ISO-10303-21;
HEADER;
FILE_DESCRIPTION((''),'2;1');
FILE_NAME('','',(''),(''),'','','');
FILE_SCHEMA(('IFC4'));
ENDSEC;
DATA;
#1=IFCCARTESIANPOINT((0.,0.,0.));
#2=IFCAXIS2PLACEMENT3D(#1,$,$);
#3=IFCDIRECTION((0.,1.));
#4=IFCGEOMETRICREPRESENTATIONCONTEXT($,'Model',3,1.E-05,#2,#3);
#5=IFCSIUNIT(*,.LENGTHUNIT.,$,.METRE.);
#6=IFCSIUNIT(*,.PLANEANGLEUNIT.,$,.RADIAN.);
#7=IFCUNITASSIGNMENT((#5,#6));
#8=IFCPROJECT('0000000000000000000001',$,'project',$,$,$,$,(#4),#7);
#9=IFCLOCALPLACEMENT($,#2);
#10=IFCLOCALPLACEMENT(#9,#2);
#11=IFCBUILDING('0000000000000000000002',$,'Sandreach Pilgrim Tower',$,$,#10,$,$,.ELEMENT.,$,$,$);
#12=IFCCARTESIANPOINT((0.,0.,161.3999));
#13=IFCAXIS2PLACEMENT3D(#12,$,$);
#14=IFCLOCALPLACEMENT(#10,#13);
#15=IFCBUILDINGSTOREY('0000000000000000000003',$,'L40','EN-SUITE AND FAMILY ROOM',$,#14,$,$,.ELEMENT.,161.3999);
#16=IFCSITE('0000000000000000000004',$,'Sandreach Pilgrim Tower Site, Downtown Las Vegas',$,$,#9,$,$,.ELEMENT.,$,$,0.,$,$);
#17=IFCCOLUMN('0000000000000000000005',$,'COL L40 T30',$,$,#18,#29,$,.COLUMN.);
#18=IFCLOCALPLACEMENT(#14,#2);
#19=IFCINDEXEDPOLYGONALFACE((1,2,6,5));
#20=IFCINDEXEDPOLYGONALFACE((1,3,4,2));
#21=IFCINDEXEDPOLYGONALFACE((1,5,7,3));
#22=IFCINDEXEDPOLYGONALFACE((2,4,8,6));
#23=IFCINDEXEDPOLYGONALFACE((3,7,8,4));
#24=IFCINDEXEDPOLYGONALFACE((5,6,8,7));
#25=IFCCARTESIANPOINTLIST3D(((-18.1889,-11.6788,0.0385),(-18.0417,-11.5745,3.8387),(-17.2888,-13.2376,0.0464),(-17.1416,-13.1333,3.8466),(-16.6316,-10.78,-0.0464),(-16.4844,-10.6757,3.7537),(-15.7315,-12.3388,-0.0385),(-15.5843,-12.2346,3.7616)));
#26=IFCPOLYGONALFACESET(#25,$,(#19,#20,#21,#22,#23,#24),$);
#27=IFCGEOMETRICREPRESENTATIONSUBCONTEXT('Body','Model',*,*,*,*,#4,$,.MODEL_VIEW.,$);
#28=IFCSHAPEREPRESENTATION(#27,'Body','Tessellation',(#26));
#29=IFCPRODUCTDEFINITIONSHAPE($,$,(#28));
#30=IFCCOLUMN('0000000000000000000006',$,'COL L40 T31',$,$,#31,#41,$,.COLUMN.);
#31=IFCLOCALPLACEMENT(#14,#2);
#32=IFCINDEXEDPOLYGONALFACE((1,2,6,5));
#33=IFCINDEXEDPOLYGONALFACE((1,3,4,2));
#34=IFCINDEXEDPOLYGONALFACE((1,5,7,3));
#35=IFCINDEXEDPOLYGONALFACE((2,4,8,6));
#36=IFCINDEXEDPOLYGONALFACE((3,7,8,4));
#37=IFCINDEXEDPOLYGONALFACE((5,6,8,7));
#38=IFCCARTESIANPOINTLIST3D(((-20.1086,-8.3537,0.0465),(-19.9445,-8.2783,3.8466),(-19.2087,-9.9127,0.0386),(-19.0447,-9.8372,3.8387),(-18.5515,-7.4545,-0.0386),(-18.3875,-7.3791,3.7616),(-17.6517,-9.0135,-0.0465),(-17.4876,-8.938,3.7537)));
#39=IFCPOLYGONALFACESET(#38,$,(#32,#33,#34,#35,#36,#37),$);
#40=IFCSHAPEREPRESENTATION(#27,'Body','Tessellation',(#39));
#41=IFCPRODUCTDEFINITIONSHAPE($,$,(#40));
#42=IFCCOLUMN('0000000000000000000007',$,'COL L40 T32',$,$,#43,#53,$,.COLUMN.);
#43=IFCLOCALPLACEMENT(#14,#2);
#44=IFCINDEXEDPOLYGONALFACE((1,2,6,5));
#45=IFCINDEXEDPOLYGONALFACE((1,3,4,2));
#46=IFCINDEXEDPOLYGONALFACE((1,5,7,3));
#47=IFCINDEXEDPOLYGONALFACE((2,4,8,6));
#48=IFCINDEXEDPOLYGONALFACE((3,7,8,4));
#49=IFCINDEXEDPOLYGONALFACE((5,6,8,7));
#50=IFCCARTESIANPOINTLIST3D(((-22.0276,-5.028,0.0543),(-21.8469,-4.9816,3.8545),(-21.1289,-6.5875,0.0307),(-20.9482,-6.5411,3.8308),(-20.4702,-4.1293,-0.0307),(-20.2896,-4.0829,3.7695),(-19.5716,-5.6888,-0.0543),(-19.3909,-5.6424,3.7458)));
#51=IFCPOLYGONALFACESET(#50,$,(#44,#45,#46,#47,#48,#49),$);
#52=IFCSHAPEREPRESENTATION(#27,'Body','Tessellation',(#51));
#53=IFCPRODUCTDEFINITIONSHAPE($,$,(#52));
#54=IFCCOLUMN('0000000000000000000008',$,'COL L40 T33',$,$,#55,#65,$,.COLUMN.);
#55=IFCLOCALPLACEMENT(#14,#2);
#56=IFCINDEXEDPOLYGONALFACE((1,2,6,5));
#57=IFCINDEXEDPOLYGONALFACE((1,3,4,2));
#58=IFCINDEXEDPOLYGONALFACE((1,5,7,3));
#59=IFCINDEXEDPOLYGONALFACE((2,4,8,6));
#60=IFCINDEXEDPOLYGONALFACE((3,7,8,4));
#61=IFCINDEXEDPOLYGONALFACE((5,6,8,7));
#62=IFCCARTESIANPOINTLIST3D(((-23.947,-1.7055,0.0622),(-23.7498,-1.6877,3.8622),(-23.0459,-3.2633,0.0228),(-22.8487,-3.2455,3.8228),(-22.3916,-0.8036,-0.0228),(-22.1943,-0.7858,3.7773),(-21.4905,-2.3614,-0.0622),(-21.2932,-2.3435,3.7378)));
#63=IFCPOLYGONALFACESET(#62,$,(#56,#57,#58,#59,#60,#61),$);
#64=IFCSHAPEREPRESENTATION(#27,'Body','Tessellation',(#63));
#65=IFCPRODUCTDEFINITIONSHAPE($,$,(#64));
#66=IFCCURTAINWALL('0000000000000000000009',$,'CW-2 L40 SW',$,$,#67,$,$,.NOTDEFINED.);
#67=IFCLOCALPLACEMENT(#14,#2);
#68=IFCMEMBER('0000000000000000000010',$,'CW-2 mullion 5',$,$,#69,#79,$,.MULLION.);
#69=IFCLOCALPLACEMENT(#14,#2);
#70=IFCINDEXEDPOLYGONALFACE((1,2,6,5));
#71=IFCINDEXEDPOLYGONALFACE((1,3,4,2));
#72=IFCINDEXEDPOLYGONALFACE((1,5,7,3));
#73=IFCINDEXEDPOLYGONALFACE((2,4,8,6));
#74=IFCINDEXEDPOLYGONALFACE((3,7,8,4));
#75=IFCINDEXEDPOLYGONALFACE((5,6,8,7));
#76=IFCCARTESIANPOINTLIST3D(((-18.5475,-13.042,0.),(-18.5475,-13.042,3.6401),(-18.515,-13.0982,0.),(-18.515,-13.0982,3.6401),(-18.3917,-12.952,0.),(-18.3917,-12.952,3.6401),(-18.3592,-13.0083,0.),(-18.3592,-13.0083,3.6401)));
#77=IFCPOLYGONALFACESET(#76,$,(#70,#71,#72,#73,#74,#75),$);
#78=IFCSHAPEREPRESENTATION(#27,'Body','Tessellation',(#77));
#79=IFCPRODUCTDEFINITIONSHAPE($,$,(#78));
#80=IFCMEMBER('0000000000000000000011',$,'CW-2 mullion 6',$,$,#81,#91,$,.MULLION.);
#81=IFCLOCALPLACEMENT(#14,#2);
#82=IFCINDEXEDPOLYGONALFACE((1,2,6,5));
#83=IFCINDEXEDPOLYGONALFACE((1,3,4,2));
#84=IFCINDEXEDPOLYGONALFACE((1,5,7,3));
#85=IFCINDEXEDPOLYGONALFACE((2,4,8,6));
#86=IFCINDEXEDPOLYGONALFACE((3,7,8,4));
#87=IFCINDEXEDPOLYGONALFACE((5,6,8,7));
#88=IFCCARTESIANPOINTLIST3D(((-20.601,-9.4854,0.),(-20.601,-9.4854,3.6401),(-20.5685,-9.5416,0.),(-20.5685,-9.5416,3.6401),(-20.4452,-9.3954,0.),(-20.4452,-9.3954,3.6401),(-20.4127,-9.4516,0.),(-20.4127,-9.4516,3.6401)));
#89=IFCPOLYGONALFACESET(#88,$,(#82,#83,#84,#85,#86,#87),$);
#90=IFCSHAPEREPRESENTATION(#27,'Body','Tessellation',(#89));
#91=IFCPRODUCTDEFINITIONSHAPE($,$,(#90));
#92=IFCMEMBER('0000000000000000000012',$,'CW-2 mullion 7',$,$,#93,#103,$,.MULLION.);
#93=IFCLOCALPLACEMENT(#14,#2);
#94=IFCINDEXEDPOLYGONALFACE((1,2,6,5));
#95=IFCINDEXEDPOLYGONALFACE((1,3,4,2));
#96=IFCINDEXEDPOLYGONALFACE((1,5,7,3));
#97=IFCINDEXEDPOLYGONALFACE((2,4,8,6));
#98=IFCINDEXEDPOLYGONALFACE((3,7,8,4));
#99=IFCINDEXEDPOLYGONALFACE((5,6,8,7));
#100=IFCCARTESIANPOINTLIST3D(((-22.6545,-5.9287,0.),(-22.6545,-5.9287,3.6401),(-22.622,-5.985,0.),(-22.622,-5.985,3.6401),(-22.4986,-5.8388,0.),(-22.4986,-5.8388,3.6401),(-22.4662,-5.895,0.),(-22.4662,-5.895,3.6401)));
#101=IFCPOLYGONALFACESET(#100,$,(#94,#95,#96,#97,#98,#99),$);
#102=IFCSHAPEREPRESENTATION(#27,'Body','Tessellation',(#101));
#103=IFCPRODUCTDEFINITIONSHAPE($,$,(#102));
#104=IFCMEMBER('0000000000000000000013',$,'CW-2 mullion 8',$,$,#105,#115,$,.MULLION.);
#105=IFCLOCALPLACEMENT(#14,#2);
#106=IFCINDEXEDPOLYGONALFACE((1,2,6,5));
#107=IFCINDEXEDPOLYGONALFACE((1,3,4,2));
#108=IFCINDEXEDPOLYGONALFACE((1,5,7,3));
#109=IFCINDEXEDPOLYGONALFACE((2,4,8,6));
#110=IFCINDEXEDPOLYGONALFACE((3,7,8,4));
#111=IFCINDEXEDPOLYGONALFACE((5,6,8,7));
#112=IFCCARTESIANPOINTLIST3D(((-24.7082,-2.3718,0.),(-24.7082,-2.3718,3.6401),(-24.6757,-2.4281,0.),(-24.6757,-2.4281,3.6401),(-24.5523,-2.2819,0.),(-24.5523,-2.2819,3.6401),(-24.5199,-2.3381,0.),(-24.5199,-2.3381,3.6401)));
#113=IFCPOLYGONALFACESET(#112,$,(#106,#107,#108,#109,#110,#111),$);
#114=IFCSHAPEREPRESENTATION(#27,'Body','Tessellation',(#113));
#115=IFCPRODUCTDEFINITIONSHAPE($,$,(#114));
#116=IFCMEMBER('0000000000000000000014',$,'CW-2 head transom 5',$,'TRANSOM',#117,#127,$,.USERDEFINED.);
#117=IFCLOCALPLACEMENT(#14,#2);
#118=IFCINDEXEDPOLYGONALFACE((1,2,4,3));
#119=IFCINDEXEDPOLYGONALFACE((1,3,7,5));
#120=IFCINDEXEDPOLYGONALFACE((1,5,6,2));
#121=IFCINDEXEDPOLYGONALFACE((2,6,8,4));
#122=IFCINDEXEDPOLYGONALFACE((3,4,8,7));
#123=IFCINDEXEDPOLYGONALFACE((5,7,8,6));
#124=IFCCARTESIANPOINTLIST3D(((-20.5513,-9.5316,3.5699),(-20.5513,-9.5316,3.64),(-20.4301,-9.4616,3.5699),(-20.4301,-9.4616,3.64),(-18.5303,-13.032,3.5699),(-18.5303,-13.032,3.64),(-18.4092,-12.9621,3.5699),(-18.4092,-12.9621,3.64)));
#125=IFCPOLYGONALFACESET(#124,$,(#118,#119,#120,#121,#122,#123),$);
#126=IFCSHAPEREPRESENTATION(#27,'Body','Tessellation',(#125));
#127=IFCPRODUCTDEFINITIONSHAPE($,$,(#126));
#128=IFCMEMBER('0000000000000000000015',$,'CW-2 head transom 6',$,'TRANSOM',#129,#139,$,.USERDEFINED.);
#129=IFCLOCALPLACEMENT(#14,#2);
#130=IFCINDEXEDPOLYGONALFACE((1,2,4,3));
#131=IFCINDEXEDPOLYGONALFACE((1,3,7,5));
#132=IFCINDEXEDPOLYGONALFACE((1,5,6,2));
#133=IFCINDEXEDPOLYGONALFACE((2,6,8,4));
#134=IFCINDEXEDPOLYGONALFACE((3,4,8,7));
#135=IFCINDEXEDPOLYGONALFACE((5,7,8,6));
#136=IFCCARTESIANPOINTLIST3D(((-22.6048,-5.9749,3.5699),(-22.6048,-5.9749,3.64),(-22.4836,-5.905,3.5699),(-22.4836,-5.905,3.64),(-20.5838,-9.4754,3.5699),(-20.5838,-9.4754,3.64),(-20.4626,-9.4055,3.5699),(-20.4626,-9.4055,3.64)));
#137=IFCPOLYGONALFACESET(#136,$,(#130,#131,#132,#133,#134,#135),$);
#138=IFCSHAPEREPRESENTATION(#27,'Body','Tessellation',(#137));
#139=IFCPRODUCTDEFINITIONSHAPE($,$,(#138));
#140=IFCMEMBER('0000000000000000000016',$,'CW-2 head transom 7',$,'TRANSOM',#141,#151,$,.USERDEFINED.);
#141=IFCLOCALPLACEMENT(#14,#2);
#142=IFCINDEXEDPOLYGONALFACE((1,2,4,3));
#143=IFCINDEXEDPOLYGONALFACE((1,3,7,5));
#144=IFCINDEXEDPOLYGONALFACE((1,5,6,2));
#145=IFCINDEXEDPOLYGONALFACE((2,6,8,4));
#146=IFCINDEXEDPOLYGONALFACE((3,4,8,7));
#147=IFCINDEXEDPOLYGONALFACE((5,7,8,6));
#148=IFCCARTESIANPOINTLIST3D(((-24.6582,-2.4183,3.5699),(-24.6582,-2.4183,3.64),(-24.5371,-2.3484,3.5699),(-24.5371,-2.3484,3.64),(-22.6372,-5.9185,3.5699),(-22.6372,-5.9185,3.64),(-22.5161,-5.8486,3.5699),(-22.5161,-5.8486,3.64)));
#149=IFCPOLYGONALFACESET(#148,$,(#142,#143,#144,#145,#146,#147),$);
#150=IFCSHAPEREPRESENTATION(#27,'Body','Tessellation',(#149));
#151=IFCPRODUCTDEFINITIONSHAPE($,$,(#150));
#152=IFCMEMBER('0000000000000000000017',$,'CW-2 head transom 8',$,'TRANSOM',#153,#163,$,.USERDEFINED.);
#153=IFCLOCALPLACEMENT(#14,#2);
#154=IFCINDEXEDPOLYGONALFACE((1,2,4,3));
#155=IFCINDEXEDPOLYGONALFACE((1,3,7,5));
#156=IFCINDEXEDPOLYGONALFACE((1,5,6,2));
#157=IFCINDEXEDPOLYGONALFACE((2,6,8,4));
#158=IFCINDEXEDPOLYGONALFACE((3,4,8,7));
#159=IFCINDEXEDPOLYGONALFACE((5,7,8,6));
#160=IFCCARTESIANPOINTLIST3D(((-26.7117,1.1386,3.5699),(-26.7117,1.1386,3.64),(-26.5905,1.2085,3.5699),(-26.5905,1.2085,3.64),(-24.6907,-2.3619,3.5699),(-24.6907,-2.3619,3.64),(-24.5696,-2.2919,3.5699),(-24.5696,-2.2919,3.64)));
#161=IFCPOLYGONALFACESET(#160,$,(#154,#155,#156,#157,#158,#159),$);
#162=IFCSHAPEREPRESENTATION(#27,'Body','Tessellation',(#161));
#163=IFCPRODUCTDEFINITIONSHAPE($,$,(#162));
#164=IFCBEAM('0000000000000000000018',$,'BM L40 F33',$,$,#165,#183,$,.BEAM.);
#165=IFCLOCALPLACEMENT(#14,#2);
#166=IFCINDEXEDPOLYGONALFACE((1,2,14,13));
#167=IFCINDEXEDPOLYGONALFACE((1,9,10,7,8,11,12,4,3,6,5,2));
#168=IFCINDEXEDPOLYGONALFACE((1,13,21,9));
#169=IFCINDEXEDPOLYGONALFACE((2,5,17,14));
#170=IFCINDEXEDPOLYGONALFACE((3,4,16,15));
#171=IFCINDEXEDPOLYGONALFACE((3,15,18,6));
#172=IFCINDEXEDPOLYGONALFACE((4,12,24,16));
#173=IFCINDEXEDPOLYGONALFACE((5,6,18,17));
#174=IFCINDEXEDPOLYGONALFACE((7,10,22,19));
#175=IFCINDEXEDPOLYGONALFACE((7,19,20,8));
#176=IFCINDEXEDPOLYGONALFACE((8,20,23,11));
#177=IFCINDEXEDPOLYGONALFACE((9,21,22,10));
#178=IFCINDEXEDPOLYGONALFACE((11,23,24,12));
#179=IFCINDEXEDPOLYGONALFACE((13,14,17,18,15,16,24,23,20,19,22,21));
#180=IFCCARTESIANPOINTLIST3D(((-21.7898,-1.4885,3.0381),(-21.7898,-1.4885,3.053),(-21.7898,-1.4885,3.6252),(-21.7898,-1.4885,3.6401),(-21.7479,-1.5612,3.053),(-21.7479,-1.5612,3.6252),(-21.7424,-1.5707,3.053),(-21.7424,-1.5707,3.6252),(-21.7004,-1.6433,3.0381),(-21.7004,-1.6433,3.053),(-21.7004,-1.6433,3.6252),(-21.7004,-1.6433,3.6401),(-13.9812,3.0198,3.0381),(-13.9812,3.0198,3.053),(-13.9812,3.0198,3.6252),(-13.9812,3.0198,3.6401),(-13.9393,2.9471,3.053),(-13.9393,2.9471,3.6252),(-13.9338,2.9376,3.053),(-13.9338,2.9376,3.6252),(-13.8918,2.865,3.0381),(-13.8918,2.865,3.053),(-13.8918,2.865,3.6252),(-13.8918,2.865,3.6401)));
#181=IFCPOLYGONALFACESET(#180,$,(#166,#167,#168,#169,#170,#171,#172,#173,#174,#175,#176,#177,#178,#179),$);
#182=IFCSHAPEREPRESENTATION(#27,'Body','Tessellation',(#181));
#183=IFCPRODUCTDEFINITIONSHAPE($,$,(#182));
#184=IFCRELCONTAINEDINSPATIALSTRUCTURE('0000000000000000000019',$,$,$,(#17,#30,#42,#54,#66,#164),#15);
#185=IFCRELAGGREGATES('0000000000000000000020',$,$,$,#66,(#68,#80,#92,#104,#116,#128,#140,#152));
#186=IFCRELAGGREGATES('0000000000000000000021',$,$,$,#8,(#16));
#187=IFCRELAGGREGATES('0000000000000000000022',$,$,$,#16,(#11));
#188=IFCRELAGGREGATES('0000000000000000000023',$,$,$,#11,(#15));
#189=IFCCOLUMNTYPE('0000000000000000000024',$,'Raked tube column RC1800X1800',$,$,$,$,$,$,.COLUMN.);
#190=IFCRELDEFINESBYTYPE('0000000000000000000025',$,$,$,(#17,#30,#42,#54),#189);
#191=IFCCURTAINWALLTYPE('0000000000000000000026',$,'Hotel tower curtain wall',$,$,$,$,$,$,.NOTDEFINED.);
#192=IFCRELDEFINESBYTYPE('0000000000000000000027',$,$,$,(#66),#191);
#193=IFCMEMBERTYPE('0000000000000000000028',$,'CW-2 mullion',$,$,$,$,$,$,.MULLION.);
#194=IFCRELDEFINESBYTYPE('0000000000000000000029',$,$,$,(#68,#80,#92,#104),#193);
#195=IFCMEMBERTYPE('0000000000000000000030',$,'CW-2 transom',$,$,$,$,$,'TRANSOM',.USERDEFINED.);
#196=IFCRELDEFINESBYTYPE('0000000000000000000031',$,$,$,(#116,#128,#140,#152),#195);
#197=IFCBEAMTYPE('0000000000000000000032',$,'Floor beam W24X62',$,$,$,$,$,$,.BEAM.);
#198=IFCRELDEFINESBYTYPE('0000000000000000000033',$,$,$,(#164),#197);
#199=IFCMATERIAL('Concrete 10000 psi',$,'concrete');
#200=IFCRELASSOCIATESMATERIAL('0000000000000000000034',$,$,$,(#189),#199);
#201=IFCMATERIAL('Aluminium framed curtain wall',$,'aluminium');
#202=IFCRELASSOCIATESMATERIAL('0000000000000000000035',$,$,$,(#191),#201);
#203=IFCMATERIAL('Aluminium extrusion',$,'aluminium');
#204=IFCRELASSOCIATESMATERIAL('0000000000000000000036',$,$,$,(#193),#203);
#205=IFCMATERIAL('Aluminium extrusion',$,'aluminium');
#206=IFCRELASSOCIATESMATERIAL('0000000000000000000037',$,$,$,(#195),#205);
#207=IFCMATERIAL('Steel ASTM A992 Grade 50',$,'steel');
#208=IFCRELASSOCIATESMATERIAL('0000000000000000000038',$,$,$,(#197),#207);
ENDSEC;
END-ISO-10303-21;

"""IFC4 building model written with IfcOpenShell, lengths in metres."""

from ifc_helpers import new_model, si_unit, direction, frame, origin, origin_2d, place, context, subcontext, project, spatial, rectangle, i_section, extrude, material, material_profile, profile_set, type_object, element, aggregate, save


model = new_model("IFC4")

# Units and contexts
model_context = context("Model", 3, precision=1e-05, world=origin(), true_north=direction((0.0, 1.0)))
body_context = subcontext(model_context, "Body", "Model", "MODEL_VIEW")
ifc_project = project(units=[si_unit("LENGTHUNIT", "METRE"), si_unit("PLANEANGLEUNIT", "RADIAN")], contexts=[model_context])

# Site, building, storey
site_placement = place(None, origin())
site = spatial("IfcSite", under=ifc_project, at=site_placement, Name="Sandreach Pilgrim Tower Site, Downtown Las Vegas", CompositionType="ELEMENT", RefElevation=0.0)
building_placement = place(site_placement, origin())
building = spatial("IfcBuilding", under=site, at=building_placement, Name="Sandreach Pilgrim Tower", CompositionType="ELEMENT")
storey_placement = place(building_placement, frame((0.0, 0.0, 161.3999)))
storey = spatial("IfcBuildingStorey", under=building, at=storey_placement, Name="L40", Description="EN-SUITE AND FAMILY ROOM", CompositionType="ELEMENT", Elevation=161.3999)

# Columns
ifc_material_1 = material(Name="Concrete 10000 psi", Category="concrete")
ifc_material_profile_1 = material_profile(ifc_material_1, rectangle(XDim=1.8, YDim=1.8, at=origin_2d()), Name="RC1800X1800")
ifc_profile_set_1 = profile_set([ifc_material_profile_1], Name="Concrete 10000 psi")
column_type = type_object("IfcColumnType", Name="Raked tube column RC1800X1800", PredefinedType="COLUMN", material=ifc_profile_set_1)
for number, where, z_axis, x_axis, name in (
    (1, (-16.9602, -12.0088, 0.0), (0.038697, 0.027402, 0.998875), (-0.865139, -0.499306, 0.047214), "COL L40 T30"),
    (2, (-18.8801, -8.6836, 0.0), (0.043125, 0.01983, 0.998873), (-0.865002, -0.499537, 0.047262), "COL L40 T31"),
):
    element("IfcColumn", number, at=place(storey_placement, frame(where, z_axis=z_axis, x_axis=x_axis)), inside=storey, type_object=column_type, Name=name, PredefinedType="COLUMN", context=body_context, shape_type="SweptSolid", body=[
        extrude(rectangle(XDim=1.8, YDim=1.8, at=origin_2d()), origin(), (0.0, 0.0, 1.0), 3.8044),
    ])
column_1_placement = place(storey_placement, frame((-20.7996, -5.3584, 0.0), z_axis=(0.047485, 0.012192, 0.998798), x_axis=(-0.865155, -0.499276, 0.047226)))
element("IfcColumn", 3, at=column_1_placement, inside=storey, type_object=column_type, Name="COL L40 T32", PredefinedType="COLUMN", context=body_context, shape_type="SweptSolid", body=[
    extrude(rectangle(XDim=1.8, YDim=1.8, at=origin_2d()), origin(), (0.0, 0.0, 1.0), 3.8047),
])
column_2_placement = place(storey_placement, frame((-22.7188, -2.0334, 0.0), z_axis=(0.051841, 0.004684, 0.998644), x_axis=(-0.864122, -0.501063, 0.047208)))
element("IfcColumn", 4, at=column_2_placement, inside=storey, type_object=column_type, Name="COL L40 T33", PredefinedType="COLUMN", context=body_context, shape_type="SweptSolid", body=[
    extrude(rectangle(XDim=1.8, YDim=1.8, at=origin_2d()), origin(), (0.0, 0.0, 1.0), 3.8052),
])

# Curtain wall, members
ifc_material_2 = material(Name="Aluminium framed curtain wall", Category="aluminium")
curtain_wall_type = type_object("IfcCurtainWallType", Name="Hotel tower curtain wall", PredefinedType="NOTDEFINED", material=ifc_material_2)
curtain_wall_placement = place(storey_placement, origin())
curtain_wall = element("IfcCurtainWall", 5, at=curtain_wall_placement, inside=storey, type_object=curtain_wall_type, Name="CW-2 L40 SW", PredefinedType="NOTDEFINED")
ifc_material_3 = material(Name="Aluminium extrusion", Category="aluminium")
ifc_material_profile_2 = material_profile(ifc_material_3, rectangle(XDim=0.0649, YDim=0.1799, at=origin_2d()), Name="CW-2M 65X180")
ifc_profile_set_2 = profile_set([ifc_material_profile_2], Name="Aluminium extrusion")
member_type_1 = type_object("IfcMemberType", Name="CW-2 mullion", PredefinedType="MULLION", material=ifc_profile_set_2)
member_1_placement = place(storey_placement, frame((-18.4534, -13.0251, 0.0), z_axis=(0.0, 0.0, 1.0), x_axis=(-0.5, 0.866025, 0.0)))
member_1 = element("IfcMember", 6, at=member_1_placement, type_object=member_type_1, Name="CW-2 mullion 5", PredefinedType="MULLION", context=body_context, shape_type="SweptSolid", body=[
    extrude(rectangle(XDim=0.0649, YDim=0.1799, at=origin_2d()), origin(), (0.0, 0.0, 1.0), 3.6401),
])
member_2_placement = place(storey_placement, frame((-20.5068, -9.4685, 0.0), z_axis=(0.0, 0.0, 1.0), x_axis=(-0.5, 0.866025, 0.0)))
member_2 = element("IfcMember", 7, at=member_2_placement, type_object=member_type_1, Name="CW-2 mullion 6", PredefinedType="MULLION", context=body_context, shape_type="SweptSolid", body=[
    extrude(rectangle(XDim=0.0649, YDim=0.1799, at=origin_2d()), origin(), (0.0, 0.0, 1.0), 3.6401),
])
member_3_placement = place(storey_placement, frame((-22.5603, -5.9119, 0.0), z_axis=(0.0, 0.0, 1.0), x_axis=(-0.5, 0.866025, 0.0)))
member_3 = element("IfcMember", 8, at=member_3_placement, type_object=member_type_1, Name="CW-2 mullion 7", PredefinedType="MULLION", context=body_context, shape_type="SweptSolid", body=[
    extrude(rectangle(XDim=0.0649, YDim=0.1799, at=origin_2d()), origin(), (0.0, 0.0, 1.0), 3.6401),
])
member_4_placement = place(storey_placement, frame((-24.614, -2.355, 0.0), z_axis=(0.0, 0.0, 1.0), x_axis=(-0.5, 0.866025, 0.0)))
member_4 = element("IfcMember", 9, at=member_4_placement, type_object=member_type_1, Name="CW-2 mullion 8", PredefinedType="MULLION", context=body_context, shape_type="SweptSolid", body=[
    extrude(rectangle(XDim=0.0649, YDim=0.1799, at=origin_2d()), origin(), (0.0, 0.0, 1.0), 3.6401),
])
ifc_material_4 = material(Name="Aluminium extrusion", Category="aluminium")
ifc_material_profile_3 = material_profile(ifc_material_4, rectangle(XDim=0.1399, YDim=0.0701, at=origin_2d()), Name="CW-2T 140X70")
ifc_profile_set_3 = profile_set([ifc_material_profile_3], Name="Aluminium extrusion")
member_type_2 = type_object("IfcMemberType", Name="CW-2 transom", ElementType="TRANSOM", PredefinedType="USERDEFINED", material=ifc_profile_set_3)
member_5_placement = place(storey_placement, frame((-18.4697, -12.9971, 3.605), z_axis=(-0.499998, 0.866027, 0.0), x_axis=(-0.866027, -0.499998, 0.0)))
member_5 = element("IfcMember", 10, at=member_5_placement, type_object=member_type_2, Name="CW-2 head transom 5", ObjectType="TRANSOM", PredefinedType="USERDEFINED", context=body_context, shape_type="SweptSolid", body=[
    extrude(rectangle(XDim=0.1399, YDim=0.0701, at=origin_2d()), origin(), (0.0, 0.0, 1.0), 4.042),
])
member_6_placement = place(storey_placement, frame((-20.5232, -9.4404, 3.605), z_axis=(-0.499998, 0.866027, 0.0), x_axis=(-0.866027, -0.499998, 0.0)))
member_6 = element("IfcMember", 11, at=member_6_placement, type_object=member_type_2, Name="CW-2 head transom 6", ObjectType="TRANSOM", PredefinedType="USERDEFINED", context=body_context, shape_type="SweptSolid", body=[
    extrude(rectangle(XDim=0.1399, YDim=0.0701, at=origin_2d()), origin(), (0.0, 0.0, 1.0), 4.042),
])
member_7_placement = place(storey_placement, frame((-22.5767, -5.8835, 3.605), z_axis=(-0.500024, 0.866012, 0.0), x_axis=(-0.866012, -0.500024, 0.0)))
member_7 = element("IfcMember", 12, at=member_7_placement, type_object=member_type_2, Name="CW-2 head transom 7", ObjectType="TRANSOM", PredefinedType="USERDEFINED", context=body_context, shape_type="SweptSolid", body=[
    extrude(rectangle(XDim=0.1399, YDim=0.0701, at=origin_2d()), origin(), (0.0, 0.0, 1.0), 4.0417),
])
member_8_placement = place(storey_placement, frame((-24.6301, -2.3269, 3.605), z_axis=(-0.499998, 0.866027, 0.0), x_axis=(-0.866027, -0.499998, 0.0)))
member_8 = element("IfcMember", 13, at=member_8_placement, type_object=member_type_2, Name="CW-2 head transom 8", ObjectType="TRANSOM", PredefinedType="USERDEFINED", context=body_context, shape_type="SweptSolid", body=[
    extrude(rectangle(XDim=0.1399, YDim=0.0701, at=origin_2d()), origin(), (0.0, 0.0, 1.0), 4.042),
])

# Beam
ifc_material_5 = material(Name="Steel ASTM A992 Grade 50", Category="steel")
ifc_material_profile_4 = material_profile(ifc_material_5, i_section(OverallWidth=0.1787, OverallDepth=0.6021, WebThickness=0.011, FlangeThickness=0.0149, at=origin_2d()), Name="W24X62")
ifc_profile_set_4 = profile_set([ifc_material_profile_4], Name="Steel ASTM A992 Grade 50")
beam_type_1 = type_object("IfcBeamType", Name="Floor beam W24X62", PredefinedType="BEAM", material=ifc_profile_set_4)
beam_1_placement = place(storey_placement, frame((-21.7451, -1.5659, 3.3391), z_axis=(0.866025, 0.500001, 0.0), x_axis=(-0.500001, 0.866025, 0.0)))
element("IfcBeam", 14, at=beam_1_placement, inside=storey, type_object=beam_type_1, Name="BM L40 F33", PredefinedType="BEAM", context=body_context, shape_type="SweptSolid", body=[
    extrude(i_section(OverallWidth=0.1787, OverallDepth=0.6021, WebThickness=0.011, FlangeThickness=0.0149, at=origin_2d()), origin(), (0.0, 0.0, 1.0), 9.0166),
])

aggregate(curtain_wall, [member_1, member_2, member_3, member_4, member_5, member_6, member_7, member_8])

save(model, "model.ifc")
